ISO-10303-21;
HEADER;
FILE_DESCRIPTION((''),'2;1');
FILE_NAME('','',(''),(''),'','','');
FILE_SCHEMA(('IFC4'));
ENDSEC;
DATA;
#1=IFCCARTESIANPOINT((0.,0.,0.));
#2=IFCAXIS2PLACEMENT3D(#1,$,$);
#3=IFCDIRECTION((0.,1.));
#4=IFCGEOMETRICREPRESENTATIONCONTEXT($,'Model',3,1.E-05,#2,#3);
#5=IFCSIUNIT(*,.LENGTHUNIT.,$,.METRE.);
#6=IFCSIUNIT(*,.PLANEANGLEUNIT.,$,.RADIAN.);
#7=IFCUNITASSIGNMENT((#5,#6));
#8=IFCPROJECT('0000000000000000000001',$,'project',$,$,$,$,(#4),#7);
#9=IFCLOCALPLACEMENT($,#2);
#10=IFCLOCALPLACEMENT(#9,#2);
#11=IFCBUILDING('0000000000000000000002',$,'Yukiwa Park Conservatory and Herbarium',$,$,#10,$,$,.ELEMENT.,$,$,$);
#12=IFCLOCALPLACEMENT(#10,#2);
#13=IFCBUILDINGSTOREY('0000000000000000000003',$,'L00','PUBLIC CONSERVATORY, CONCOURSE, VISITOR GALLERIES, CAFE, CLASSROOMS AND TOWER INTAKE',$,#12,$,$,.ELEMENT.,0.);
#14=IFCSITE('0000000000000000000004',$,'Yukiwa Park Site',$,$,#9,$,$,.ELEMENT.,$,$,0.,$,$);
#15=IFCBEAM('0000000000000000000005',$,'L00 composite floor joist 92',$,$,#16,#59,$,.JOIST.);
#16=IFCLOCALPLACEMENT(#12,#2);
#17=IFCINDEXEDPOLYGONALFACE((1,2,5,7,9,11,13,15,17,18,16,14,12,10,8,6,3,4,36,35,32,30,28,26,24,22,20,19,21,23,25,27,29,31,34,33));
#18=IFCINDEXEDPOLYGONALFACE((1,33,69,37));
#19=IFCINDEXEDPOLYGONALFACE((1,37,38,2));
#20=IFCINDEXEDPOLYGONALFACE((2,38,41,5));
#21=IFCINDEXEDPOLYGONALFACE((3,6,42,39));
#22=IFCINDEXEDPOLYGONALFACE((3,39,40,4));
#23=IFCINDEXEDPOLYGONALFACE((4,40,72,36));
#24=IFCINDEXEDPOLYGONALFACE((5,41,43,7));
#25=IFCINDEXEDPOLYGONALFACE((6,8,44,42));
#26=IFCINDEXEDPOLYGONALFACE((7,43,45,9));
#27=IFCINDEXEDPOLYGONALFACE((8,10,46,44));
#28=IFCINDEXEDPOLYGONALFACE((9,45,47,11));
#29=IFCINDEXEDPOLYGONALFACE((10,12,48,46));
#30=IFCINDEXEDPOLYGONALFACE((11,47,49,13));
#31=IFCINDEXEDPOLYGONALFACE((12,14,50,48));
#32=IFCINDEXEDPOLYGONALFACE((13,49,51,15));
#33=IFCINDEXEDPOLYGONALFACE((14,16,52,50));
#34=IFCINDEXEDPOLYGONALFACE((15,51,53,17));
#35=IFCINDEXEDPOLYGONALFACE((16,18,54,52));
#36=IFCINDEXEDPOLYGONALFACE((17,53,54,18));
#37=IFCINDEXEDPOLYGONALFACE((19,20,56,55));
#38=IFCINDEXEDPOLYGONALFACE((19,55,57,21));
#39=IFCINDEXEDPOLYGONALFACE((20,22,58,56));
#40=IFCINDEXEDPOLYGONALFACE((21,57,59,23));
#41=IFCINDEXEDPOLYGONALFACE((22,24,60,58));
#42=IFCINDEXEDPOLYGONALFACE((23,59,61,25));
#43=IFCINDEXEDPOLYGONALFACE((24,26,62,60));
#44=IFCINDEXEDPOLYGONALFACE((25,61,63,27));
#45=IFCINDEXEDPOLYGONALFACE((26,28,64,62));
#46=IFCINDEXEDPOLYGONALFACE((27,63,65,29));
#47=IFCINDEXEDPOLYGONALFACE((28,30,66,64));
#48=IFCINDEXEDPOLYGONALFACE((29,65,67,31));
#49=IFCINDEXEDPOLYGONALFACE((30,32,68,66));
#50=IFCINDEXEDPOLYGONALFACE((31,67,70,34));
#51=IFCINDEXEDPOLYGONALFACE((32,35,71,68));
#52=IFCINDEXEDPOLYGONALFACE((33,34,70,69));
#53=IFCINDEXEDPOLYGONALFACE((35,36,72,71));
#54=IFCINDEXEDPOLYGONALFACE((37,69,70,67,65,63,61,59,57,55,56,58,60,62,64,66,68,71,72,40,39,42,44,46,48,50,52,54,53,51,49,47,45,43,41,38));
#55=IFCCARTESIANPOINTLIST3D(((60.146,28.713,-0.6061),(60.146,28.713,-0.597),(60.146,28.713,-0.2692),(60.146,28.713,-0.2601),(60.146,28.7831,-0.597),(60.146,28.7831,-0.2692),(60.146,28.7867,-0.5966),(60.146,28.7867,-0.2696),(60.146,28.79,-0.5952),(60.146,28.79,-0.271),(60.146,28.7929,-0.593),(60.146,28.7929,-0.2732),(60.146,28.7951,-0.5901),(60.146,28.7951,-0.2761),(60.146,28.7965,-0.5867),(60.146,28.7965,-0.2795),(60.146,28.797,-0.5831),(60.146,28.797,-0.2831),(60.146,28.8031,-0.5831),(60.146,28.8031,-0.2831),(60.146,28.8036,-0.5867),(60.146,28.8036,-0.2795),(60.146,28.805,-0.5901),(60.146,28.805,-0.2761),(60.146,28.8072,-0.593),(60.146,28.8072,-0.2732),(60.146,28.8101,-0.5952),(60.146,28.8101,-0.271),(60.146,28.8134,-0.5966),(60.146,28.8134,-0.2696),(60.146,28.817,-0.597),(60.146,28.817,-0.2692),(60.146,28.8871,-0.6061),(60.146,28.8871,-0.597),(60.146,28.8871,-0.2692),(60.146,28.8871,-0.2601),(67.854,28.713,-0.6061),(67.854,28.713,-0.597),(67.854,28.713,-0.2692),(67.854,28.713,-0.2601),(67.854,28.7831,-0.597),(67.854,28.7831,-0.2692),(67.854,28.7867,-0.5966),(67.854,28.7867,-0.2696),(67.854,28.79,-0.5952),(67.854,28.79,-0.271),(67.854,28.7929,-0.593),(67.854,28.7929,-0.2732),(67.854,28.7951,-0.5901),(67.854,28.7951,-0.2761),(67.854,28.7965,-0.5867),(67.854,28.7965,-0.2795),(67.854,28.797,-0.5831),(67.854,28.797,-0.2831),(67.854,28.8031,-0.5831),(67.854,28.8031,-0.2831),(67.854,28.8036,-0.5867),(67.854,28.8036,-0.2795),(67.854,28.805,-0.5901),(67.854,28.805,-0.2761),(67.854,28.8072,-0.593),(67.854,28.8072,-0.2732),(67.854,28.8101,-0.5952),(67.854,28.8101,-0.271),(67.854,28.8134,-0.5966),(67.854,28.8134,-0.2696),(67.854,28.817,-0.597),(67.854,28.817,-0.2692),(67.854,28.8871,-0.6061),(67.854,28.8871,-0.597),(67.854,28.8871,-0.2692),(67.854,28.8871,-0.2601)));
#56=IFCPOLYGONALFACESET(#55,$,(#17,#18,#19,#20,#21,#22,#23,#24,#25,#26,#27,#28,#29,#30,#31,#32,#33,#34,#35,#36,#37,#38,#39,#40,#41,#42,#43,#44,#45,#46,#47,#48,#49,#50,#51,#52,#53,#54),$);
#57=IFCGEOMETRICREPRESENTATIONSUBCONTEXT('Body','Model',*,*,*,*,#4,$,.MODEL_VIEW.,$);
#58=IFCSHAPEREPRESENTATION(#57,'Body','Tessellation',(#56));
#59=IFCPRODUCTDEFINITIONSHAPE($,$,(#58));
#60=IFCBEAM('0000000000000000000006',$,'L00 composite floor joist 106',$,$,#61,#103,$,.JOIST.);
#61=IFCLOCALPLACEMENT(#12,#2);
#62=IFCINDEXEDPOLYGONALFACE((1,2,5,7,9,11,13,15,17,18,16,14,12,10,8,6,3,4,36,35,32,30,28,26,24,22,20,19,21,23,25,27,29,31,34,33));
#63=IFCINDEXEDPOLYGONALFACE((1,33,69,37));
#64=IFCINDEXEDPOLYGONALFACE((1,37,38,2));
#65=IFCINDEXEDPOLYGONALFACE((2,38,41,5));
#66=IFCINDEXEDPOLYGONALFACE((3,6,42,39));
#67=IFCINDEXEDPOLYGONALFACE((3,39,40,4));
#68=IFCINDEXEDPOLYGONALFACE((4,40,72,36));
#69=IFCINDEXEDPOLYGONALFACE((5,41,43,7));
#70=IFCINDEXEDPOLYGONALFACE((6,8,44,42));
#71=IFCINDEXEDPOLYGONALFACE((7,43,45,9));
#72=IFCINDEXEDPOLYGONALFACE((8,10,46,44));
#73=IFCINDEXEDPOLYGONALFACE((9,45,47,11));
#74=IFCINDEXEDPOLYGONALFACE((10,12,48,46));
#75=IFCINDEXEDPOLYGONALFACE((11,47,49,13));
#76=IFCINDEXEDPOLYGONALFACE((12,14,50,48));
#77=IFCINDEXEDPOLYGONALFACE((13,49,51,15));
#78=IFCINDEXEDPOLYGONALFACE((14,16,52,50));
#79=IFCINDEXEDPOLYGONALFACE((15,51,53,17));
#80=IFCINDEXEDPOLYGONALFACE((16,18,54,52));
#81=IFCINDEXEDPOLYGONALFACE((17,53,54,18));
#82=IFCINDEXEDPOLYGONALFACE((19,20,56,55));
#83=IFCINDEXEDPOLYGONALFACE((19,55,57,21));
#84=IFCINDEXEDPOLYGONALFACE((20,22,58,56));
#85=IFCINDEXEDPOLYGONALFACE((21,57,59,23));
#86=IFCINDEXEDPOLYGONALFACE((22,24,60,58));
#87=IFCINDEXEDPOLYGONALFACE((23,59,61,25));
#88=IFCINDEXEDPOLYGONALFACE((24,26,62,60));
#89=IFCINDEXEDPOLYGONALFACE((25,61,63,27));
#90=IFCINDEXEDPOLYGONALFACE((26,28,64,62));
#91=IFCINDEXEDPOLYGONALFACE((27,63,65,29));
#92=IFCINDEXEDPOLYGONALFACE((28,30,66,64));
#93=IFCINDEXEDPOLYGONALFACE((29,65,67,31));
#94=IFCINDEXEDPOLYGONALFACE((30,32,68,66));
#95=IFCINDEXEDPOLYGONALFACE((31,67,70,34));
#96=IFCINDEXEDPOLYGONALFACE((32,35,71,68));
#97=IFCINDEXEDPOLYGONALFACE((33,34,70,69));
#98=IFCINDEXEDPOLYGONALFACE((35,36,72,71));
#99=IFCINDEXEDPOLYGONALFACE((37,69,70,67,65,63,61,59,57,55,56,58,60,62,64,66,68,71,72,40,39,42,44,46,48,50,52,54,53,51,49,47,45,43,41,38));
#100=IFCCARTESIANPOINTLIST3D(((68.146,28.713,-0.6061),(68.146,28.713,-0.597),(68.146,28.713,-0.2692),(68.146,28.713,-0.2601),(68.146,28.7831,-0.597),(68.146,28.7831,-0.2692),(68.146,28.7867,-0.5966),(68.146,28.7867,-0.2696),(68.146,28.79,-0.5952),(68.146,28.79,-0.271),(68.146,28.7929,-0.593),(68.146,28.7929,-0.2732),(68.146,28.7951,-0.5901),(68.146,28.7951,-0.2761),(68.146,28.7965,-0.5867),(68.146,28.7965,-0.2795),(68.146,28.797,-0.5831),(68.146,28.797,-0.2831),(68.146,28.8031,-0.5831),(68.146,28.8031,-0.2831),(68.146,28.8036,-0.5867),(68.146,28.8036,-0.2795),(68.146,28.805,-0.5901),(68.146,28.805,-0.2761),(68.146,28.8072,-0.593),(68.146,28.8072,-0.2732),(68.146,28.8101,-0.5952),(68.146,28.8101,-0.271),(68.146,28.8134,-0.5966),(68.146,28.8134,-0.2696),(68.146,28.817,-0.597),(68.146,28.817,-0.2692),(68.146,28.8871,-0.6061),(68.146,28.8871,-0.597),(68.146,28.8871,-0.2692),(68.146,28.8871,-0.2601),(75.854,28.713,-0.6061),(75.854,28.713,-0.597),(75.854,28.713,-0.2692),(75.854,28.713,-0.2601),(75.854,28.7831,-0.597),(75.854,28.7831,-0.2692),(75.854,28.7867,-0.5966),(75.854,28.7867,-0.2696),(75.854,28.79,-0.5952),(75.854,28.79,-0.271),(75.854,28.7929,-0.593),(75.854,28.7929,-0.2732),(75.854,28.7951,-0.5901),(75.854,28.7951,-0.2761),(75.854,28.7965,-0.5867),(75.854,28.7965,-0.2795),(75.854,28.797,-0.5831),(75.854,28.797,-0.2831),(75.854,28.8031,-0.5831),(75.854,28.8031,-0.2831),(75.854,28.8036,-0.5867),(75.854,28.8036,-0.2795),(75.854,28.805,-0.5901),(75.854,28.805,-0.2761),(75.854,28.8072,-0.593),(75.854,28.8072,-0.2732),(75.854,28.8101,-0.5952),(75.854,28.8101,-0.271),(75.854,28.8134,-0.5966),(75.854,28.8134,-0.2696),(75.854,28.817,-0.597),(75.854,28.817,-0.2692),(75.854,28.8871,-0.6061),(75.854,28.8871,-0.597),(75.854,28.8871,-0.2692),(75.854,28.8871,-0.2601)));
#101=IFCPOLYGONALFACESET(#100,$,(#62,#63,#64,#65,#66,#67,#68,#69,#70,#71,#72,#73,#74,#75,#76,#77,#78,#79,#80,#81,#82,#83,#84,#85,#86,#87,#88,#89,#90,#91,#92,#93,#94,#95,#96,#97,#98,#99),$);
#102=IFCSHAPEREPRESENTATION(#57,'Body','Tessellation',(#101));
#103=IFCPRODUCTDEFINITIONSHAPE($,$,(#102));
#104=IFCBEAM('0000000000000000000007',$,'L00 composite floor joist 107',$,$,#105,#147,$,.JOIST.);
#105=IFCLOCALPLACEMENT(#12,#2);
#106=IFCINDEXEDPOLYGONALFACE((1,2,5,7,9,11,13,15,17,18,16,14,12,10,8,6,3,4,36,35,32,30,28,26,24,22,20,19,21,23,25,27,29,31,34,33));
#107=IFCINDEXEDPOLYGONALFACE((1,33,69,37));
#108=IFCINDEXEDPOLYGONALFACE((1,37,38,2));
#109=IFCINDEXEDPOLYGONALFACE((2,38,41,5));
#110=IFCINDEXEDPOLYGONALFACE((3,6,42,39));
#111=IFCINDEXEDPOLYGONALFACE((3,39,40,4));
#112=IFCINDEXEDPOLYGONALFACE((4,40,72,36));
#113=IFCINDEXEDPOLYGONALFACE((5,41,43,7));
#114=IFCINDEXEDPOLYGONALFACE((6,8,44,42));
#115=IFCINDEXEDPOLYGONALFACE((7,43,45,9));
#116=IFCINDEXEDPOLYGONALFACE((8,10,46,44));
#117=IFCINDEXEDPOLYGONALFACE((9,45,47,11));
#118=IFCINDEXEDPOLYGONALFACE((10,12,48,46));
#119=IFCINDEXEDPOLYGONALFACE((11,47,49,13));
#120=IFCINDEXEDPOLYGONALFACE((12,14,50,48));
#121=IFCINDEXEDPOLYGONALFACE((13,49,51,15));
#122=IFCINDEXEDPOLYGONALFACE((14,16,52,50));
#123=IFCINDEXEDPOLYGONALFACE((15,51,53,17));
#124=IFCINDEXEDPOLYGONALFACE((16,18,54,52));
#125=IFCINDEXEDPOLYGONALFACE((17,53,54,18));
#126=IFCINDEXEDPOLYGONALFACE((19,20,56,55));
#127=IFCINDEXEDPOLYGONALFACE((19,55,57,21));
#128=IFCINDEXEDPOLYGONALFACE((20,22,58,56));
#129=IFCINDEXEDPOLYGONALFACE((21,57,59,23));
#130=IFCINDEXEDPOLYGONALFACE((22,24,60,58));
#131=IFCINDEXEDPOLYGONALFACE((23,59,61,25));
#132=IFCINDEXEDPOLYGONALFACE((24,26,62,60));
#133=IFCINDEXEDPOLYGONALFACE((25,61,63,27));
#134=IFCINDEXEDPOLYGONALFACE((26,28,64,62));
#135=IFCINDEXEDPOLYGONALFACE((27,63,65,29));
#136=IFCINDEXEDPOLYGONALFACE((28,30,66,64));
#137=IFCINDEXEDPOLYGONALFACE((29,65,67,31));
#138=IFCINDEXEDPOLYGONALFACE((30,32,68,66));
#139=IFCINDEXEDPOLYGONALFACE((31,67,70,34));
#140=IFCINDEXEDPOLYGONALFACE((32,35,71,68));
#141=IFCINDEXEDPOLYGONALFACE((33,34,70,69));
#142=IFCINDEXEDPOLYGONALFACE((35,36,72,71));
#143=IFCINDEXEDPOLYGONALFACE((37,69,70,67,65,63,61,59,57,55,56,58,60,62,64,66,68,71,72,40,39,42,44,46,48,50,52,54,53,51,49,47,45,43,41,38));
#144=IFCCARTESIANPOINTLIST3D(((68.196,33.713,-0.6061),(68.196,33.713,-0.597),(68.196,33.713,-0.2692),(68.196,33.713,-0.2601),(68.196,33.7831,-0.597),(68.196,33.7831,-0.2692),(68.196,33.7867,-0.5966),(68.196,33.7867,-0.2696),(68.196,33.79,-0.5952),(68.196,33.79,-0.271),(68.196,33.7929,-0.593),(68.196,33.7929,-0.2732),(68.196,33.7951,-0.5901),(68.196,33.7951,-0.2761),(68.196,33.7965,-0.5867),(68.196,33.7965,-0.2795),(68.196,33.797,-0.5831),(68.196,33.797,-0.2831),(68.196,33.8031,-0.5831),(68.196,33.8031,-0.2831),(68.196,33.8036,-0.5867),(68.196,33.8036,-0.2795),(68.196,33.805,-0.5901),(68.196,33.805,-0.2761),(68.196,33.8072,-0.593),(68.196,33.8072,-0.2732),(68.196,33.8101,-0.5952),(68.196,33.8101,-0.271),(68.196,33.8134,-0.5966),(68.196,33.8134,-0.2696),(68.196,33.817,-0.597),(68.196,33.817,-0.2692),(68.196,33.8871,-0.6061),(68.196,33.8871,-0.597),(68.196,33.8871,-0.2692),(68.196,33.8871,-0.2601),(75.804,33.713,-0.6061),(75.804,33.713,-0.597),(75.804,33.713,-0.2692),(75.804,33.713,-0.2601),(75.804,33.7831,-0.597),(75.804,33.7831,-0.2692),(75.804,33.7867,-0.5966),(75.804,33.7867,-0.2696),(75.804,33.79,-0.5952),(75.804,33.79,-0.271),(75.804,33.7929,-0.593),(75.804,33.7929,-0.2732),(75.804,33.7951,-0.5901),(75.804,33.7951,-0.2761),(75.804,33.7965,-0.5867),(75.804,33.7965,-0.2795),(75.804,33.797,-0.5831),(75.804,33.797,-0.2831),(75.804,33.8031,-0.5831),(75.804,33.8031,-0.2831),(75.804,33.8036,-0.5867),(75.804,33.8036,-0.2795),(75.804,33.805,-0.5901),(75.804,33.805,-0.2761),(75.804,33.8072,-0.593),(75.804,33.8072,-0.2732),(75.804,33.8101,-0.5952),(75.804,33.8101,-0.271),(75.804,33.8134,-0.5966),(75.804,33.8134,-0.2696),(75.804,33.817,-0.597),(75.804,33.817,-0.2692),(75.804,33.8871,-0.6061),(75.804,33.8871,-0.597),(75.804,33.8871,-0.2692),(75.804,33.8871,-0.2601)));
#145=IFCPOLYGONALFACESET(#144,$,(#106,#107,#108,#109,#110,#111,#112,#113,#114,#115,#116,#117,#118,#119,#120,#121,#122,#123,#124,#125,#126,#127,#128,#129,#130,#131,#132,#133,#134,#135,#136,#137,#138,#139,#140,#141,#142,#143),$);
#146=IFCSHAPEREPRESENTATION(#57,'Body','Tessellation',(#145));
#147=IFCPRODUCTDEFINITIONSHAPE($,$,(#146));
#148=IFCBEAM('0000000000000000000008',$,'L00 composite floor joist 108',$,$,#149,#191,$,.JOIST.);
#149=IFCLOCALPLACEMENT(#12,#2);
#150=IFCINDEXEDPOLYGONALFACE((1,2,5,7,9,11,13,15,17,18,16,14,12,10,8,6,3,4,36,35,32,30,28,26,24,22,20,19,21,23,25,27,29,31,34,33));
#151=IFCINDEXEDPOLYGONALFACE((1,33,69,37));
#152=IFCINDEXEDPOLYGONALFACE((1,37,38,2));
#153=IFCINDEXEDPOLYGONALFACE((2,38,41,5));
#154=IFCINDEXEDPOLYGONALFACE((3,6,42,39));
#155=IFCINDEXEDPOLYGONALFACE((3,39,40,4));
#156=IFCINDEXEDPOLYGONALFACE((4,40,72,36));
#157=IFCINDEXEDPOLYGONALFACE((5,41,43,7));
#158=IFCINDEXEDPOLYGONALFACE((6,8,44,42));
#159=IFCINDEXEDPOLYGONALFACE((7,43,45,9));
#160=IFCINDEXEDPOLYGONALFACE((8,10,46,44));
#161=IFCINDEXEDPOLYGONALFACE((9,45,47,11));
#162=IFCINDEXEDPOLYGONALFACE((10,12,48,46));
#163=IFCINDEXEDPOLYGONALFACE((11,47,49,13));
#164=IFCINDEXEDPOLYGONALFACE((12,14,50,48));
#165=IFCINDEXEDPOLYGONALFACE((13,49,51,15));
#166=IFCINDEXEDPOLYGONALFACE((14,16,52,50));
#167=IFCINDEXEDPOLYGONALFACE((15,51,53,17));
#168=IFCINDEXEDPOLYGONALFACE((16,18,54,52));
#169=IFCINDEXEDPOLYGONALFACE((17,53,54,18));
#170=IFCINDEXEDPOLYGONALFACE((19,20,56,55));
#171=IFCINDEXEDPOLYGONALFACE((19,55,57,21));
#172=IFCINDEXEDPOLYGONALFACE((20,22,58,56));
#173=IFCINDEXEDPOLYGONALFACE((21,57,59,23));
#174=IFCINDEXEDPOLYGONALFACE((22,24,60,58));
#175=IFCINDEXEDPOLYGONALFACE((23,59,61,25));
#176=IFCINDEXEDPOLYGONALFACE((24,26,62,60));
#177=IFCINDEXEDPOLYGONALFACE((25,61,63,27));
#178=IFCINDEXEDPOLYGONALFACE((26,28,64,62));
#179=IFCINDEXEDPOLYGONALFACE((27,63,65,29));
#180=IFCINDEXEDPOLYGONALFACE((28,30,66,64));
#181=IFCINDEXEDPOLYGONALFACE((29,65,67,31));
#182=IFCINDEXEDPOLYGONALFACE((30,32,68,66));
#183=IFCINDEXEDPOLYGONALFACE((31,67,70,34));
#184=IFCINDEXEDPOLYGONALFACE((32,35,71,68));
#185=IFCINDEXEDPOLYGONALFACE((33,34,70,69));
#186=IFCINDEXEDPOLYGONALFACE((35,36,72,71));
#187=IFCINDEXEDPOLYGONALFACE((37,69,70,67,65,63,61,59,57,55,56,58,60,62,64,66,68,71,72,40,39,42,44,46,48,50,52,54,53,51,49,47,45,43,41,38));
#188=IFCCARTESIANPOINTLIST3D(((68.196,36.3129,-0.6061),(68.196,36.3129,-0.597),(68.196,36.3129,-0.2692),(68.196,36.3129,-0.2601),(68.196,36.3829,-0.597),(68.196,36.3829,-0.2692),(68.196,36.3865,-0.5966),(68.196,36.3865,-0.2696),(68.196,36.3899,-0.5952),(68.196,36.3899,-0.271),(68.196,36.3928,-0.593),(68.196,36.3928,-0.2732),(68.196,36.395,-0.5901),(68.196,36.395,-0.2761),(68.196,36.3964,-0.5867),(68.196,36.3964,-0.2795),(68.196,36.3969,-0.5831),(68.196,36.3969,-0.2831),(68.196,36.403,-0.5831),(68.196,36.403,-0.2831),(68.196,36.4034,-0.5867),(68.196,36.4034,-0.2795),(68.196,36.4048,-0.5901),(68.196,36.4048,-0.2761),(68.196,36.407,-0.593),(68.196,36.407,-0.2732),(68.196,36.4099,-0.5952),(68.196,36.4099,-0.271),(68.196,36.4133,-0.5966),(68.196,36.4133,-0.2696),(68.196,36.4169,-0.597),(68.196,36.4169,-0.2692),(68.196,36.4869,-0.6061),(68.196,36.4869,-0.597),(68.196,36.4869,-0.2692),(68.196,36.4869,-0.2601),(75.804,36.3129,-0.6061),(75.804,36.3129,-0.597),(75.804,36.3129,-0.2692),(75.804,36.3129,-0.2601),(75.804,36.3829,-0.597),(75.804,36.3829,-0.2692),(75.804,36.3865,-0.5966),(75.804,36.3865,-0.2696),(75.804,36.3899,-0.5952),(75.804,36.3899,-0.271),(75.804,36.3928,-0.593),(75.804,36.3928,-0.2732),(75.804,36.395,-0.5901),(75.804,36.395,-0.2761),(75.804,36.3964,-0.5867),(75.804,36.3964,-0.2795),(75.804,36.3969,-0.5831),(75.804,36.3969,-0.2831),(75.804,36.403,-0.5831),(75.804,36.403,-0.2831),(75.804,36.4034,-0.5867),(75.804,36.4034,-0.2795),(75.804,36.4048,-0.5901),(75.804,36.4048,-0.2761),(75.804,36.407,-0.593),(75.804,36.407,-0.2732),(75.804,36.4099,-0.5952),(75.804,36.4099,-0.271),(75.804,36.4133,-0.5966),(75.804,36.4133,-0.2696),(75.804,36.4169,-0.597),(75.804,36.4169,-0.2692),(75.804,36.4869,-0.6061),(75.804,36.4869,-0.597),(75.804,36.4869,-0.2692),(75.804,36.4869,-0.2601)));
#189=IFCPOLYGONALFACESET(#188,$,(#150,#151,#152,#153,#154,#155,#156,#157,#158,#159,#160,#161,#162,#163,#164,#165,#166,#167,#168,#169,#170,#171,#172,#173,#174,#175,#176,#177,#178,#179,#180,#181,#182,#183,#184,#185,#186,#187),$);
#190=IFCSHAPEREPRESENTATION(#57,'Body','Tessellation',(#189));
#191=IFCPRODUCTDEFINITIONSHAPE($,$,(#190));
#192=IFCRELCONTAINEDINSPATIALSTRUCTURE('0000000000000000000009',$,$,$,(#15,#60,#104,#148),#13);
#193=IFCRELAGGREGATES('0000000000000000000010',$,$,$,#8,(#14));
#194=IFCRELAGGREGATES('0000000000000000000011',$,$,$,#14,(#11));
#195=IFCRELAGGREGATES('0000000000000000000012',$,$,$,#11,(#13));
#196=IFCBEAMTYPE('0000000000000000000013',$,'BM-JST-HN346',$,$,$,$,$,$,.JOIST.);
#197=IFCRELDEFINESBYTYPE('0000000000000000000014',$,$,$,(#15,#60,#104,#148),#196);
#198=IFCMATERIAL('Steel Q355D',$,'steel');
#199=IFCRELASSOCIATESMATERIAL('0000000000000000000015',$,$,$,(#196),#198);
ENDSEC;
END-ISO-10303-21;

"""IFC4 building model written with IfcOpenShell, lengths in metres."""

from ifc_helpers import new_model, si_unit, direction, frame, origin, origin_2d, place, context, subcontext, project, spatial, i_section, extrude, material, material_profile, profile_set, type_object, element, save


model = new_model("IFC4")

# Units and contexts
model_context = context("Model", 3, precision=1e-05, world=origin(), true_north=direction((0.0, 1.0)))
body_context = subcontext(model_context, "Body", "Model", "MODEL_VIEW")
ifc_project = project(units=[si_unit("LENGTHUNIT", "METRE"), si_unit("PLANEANGLEUNIT", "RADIAN")], contexts=[model_context])

# Site, building, storey
site_placement = place(None, origin())
site = spatial("IfcSite", under=ifc_project, at=site_placement, Name="Yukiwa Park Site", CompositionType="ELEMENT", RefElevation=0.0)
building_placement = place(site_placement, origin())
building = spatial("IfcBuilding", under=site, at=building_placement, Name="Yukiwa Park Conservatory and Herbarium", CompositionType="ELEMENT")
storey_placement = place(building_placement, origin())
storey = spatial("IfcBuildingStorey", under=building, at=storey_placement, Name="L00", Description="PUBLIC CONSERVATORY, CONCOURSE, VISITOR GALLERIES, CAFE, CLASSROOMS AND TOWER INTAKE", CompositionType="ELEMENT", Elevation=0.0)

# Beams
ifc_material_1 = material(Name="Steel Q355D", Category="steel")
ifc_material_profile_1 = material_profile(ifc_material_1, i_section(OverallWidth=0.1741, OverallDepth=0.3459, WebThickness=0.0061, FlangeThickness=0.009, FilletRadius=0.0139, at=origin_2d()), Name="HN 346x174x6x9")
ifc_profile_set_1 = profile_set([ifc_material_profile_1], Name="Steel Q355D")
beam_type_1 = type_object("IfcBeamType", Name="BM-JST-HN346", PredefinedType="JOIST", material=ifc_profile_set_1)
for number, where, z_axis, x_axis, name in (
    (1, (60.146, 28.8, -0.4331), (1.0, 0.0, 0.0), (0.0, 1.0, 0.0), "L00 composite floor joist 92"),
    (2, (68.146, 28.8, -0.4331), (1.0, 0.0, 0.0), (0.0, 1.0, 0.0), "L00 composite floor joist 106"),
):
    element("IfcBeam", number, at=place(storey_placement, frame(where, z_axis=z_axis, x_axis=x_axis)), inside=storey, type_object=beam_type_1, Name=name, PredefinedType="JOIST", context=body_context, shape_type="SweptSolid", body=[
        extrude(i_section(OverallWidth=0.1741, OverallDepth=0.3459, WebThickness=0.0061, FlangeThickness=0.009, FilletRadius=0.0139, at=origin_2d()), origin(), (0.0, 0.0, 1.0), 7.708),
    ])
for number, where, z_axis, x_axis, name in (
    (3, (68.196, 33.8, -0.4331), (1.0, 0.0, 0.0), (0.0, 1.0, 0.0), "L00 composite floor joist 107"),
    (4, (68.196, 36.3999, -0.4331), (1.0, 0.0, 0.0), (0.0, 1.0, 0.0), "L00 composite floor joist 108"),
):
    element("IfcBeam", number, at=place(storey_placement, frame(where, z_axis=z_axis, x_axis=x_axis)), inside=storey, type_object=beam_type_1, Name=name, PredefinedType="JOIST", context=body_context, shape_type="SweptSolid", body=[
        extrude(i_section(OverallWidth=0.1741, OverallDepth=0.3459, WebThickness=0.0061, FlangeThickness=0.009, FilletRadius=0.0139, at=origin_2d()), origin(), (0.0, 0.0, 1.0), 7.6079),
    ])

save(model, "model.ifc")
